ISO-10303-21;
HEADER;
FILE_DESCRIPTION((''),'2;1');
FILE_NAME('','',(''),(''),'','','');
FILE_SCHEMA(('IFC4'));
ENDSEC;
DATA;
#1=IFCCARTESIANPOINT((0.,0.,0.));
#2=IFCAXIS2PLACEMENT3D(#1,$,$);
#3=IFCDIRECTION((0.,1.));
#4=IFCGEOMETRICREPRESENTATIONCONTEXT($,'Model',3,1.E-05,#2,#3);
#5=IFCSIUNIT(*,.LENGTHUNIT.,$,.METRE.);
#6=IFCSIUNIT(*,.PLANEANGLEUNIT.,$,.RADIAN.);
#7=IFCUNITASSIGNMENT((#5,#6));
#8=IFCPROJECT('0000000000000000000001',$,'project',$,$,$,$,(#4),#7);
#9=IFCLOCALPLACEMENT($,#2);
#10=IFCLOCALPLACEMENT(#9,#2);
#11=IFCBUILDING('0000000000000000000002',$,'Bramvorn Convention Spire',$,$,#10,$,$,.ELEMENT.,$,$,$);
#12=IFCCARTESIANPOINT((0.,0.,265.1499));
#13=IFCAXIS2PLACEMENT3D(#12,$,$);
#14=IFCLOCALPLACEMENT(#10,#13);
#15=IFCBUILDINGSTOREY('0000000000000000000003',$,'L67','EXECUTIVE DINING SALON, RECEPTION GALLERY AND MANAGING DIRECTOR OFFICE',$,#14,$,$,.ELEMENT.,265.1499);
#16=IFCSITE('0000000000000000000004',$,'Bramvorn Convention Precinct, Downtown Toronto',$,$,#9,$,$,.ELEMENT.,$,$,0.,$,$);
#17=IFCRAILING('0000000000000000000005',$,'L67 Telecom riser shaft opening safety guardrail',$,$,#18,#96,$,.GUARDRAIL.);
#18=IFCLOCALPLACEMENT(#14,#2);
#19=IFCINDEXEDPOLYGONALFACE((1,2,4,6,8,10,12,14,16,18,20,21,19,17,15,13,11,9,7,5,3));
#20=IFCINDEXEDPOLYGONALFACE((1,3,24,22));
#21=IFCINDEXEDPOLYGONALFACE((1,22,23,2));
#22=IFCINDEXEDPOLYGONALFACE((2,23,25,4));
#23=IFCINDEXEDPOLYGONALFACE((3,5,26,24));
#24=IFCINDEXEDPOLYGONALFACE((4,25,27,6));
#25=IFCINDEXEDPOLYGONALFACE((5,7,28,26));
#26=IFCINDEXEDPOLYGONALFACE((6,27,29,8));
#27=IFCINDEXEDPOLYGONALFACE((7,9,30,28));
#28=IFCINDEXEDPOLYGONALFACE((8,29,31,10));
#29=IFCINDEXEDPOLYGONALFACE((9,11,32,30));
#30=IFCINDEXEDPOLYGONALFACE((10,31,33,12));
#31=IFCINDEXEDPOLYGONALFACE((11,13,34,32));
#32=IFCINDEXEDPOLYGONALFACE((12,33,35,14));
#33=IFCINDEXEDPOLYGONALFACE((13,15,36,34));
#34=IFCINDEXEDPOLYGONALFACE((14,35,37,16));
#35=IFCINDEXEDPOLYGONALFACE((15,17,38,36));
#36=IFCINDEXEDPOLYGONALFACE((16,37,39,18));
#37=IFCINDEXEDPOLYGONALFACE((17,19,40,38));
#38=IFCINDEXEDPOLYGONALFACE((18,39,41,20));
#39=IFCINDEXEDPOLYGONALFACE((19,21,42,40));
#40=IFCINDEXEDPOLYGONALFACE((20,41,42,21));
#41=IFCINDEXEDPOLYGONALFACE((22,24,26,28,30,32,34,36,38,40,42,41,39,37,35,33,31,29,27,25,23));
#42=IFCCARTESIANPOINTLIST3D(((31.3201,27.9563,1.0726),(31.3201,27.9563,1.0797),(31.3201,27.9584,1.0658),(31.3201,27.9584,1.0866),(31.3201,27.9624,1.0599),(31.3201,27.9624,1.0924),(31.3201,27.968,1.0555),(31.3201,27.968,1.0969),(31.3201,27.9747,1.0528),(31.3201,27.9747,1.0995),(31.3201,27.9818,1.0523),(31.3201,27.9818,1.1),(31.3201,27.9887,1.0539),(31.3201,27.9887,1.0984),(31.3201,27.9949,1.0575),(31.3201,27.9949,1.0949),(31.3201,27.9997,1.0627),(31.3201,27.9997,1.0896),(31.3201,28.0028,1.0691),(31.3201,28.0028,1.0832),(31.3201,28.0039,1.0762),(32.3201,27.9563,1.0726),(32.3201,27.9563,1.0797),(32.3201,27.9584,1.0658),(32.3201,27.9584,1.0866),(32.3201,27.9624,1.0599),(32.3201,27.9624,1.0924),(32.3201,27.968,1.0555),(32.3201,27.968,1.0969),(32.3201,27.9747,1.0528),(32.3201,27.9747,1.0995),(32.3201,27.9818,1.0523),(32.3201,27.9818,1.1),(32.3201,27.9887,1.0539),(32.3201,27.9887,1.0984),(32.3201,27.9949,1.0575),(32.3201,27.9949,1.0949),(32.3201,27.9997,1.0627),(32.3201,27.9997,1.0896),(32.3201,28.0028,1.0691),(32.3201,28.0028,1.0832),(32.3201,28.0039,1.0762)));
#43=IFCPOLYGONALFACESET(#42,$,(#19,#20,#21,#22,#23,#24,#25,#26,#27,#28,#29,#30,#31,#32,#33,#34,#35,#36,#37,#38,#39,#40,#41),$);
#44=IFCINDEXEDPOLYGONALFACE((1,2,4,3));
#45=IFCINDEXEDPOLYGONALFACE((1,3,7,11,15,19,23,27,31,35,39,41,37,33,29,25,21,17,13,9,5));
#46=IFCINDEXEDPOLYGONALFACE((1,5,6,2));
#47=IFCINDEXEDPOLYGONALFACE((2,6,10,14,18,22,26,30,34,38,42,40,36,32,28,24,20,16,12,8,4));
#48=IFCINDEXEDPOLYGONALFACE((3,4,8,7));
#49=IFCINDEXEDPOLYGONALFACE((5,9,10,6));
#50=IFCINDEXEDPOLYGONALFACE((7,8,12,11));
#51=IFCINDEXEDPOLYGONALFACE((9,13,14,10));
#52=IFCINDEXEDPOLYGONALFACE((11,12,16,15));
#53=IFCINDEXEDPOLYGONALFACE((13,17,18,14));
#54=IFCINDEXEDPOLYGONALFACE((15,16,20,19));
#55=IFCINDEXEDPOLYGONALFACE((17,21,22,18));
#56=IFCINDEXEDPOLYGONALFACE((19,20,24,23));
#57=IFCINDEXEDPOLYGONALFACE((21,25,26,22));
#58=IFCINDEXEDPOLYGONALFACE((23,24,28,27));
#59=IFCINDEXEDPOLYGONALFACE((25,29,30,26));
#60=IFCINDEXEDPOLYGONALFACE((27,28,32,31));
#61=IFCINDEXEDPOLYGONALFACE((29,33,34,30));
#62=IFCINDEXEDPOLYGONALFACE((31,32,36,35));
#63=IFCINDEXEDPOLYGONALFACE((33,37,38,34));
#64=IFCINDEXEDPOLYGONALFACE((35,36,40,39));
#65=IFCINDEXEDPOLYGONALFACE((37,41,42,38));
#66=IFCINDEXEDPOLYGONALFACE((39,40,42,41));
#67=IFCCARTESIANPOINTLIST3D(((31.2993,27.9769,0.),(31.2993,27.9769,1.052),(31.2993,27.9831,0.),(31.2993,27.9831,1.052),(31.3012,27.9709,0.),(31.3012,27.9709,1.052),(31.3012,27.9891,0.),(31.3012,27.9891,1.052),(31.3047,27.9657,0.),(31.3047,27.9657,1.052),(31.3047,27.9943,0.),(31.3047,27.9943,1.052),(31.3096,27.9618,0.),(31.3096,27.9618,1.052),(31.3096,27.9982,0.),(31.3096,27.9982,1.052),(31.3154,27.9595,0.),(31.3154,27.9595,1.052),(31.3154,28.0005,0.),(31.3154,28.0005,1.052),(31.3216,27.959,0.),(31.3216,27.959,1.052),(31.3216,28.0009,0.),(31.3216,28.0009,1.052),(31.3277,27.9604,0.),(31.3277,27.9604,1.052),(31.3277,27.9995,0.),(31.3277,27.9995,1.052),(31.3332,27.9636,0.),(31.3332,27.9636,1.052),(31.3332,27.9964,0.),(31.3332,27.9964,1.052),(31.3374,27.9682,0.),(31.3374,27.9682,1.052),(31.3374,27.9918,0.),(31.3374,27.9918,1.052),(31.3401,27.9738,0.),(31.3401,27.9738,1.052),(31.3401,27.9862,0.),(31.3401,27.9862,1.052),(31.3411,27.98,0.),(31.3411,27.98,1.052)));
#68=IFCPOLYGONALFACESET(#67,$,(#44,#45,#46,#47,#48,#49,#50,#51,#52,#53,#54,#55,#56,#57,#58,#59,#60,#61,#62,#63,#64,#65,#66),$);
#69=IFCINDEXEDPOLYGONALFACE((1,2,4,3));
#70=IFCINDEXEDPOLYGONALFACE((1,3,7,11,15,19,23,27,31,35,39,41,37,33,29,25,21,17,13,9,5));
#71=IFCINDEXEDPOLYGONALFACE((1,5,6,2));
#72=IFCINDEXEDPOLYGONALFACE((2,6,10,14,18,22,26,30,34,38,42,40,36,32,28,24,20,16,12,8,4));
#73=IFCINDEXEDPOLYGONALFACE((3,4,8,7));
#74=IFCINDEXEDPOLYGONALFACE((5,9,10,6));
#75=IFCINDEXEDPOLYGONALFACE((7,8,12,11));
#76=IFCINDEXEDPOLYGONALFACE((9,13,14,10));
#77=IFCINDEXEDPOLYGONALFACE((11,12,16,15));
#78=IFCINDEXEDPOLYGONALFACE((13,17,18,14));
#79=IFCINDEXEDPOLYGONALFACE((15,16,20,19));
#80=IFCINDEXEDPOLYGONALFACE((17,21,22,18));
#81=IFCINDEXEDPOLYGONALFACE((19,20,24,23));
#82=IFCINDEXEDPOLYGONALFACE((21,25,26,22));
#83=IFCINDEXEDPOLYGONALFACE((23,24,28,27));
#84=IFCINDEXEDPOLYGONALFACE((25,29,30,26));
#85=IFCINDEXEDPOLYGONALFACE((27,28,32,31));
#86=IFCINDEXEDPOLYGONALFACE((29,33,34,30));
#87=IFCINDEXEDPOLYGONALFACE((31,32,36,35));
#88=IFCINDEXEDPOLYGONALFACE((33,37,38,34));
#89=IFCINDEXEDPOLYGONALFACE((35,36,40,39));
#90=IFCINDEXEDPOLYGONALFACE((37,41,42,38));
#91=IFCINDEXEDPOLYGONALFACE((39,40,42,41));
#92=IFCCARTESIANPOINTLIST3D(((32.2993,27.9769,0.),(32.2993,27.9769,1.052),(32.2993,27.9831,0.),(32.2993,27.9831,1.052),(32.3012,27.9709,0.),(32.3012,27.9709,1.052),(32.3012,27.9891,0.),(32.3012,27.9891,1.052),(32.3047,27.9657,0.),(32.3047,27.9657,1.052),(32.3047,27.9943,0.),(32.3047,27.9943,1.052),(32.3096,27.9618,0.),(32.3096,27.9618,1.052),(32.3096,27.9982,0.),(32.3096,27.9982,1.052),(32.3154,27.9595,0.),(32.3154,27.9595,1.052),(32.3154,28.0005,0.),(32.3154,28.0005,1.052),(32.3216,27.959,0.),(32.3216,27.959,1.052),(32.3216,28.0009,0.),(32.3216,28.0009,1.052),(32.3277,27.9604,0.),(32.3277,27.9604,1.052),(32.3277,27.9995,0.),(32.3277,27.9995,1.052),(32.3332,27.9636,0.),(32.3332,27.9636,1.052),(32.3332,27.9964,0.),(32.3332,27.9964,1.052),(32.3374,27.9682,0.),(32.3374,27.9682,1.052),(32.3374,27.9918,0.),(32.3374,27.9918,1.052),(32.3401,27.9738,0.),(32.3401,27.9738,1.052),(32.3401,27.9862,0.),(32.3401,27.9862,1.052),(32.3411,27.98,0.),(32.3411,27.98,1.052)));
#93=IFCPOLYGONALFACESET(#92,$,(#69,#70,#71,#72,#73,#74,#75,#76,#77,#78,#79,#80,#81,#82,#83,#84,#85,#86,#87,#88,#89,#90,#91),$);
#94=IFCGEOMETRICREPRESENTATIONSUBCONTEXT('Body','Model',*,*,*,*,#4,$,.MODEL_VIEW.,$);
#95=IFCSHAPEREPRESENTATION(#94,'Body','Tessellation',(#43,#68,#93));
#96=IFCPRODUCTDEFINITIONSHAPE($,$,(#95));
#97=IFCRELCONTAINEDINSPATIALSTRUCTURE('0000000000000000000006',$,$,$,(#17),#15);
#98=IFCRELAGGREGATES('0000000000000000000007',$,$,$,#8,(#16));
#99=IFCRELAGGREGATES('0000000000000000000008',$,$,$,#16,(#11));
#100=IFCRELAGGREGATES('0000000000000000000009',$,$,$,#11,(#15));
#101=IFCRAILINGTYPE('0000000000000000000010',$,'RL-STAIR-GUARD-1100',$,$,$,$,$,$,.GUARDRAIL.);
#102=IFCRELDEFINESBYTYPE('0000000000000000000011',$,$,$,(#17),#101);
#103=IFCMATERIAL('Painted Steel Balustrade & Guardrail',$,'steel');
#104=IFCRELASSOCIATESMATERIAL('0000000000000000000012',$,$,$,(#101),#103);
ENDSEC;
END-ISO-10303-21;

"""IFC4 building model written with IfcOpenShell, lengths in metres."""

from ifc_helpers import new_model, si_unit, direction, frame, origin, origin_2d, place, context, subcontext, project, spatial, circle, extrude, material, type_object, element, save


model = new_model("IFC4")

# Units and contexts
model_context = context("Model", 3, precision=1e-05, world=origin(), true_north=direction((0.0, 1.0)))
body_context = subcontext(model_context, "Body", "Model", "MODEL_VIEW")
ifc_project = project(units=[si_unit("LENGTHUNIT", "METRE"), si_unit("PLANEANGLEUNIT", "RADIAN")], contexts=[model_context])

# Site, building, storey
site_placement = place(None, origin())
site = spatial("IfcSite", under=ifc_project, at=site_placement, Name="Bramvorn Convention Precinct, Downtown Toronto", CompositionType="ELEMENT", RefElevation=0.0)
building_placement = place(site_placement, origin())
building = spatial("IfcBuilding", under=site, at=building_placement, Name="Bramvorn Convention Spire", CompositionType="ELEMENT")
storey_placement = place(building_placement, frame((0.0, 0.0, 265.1499)))
storey = spatial("IfcBuildingStorey", under=building, at=storey_placement, Name="L67", Description="EXECUTIVE DINING SALON, RECEPTION GALLERY AND MANAGING DIRECTOR OFFICE", CompositionType="ELEMENT", Elevation=265.1499)

# Railing
ifc_material_1 = material(Name="Painted Steel Balustrade & Guardrail", Category="steel")
railing_type = type_object("IfcRailingType", Name="RL-STAIR-GUARD-1100", PredefinedType="GUARDRAIL", material=ifc_material_1)
railing_1_placement = place(storey_placement, frame((31.3201, 27.98, 0.0)))
element("IfcRailing", 1, at=railing_1_placement, inside=storey, type_object=railing_type, Name="L67 Telecom riser shaft opening safety guardrail", PredefinedType="GUARDRAIL", context=body_context, shape_type="SweptSolid", body=[
    extrude(circle(Radius=0.0239, at=origin_2d()), frame((0.0, 0.0, 1.0762), z_axis=(1.0, 0.0, 0.0), x_axis=(0.0, 1.0, 0.0)), (0.0, 0.0, 1.0), 1.0),
    extrude(circle(Radius=0.021, at=origin_2d()), origin(), (0.0, 0.0, 1.0), 1.052),
    extrude(circle(Radius=0.021, at=origin_2d()), frame((1.0, 0.0, 0.0)), (0.0, 0.0, 1.0), 1.052),
])

save(model, "model.ifc")
